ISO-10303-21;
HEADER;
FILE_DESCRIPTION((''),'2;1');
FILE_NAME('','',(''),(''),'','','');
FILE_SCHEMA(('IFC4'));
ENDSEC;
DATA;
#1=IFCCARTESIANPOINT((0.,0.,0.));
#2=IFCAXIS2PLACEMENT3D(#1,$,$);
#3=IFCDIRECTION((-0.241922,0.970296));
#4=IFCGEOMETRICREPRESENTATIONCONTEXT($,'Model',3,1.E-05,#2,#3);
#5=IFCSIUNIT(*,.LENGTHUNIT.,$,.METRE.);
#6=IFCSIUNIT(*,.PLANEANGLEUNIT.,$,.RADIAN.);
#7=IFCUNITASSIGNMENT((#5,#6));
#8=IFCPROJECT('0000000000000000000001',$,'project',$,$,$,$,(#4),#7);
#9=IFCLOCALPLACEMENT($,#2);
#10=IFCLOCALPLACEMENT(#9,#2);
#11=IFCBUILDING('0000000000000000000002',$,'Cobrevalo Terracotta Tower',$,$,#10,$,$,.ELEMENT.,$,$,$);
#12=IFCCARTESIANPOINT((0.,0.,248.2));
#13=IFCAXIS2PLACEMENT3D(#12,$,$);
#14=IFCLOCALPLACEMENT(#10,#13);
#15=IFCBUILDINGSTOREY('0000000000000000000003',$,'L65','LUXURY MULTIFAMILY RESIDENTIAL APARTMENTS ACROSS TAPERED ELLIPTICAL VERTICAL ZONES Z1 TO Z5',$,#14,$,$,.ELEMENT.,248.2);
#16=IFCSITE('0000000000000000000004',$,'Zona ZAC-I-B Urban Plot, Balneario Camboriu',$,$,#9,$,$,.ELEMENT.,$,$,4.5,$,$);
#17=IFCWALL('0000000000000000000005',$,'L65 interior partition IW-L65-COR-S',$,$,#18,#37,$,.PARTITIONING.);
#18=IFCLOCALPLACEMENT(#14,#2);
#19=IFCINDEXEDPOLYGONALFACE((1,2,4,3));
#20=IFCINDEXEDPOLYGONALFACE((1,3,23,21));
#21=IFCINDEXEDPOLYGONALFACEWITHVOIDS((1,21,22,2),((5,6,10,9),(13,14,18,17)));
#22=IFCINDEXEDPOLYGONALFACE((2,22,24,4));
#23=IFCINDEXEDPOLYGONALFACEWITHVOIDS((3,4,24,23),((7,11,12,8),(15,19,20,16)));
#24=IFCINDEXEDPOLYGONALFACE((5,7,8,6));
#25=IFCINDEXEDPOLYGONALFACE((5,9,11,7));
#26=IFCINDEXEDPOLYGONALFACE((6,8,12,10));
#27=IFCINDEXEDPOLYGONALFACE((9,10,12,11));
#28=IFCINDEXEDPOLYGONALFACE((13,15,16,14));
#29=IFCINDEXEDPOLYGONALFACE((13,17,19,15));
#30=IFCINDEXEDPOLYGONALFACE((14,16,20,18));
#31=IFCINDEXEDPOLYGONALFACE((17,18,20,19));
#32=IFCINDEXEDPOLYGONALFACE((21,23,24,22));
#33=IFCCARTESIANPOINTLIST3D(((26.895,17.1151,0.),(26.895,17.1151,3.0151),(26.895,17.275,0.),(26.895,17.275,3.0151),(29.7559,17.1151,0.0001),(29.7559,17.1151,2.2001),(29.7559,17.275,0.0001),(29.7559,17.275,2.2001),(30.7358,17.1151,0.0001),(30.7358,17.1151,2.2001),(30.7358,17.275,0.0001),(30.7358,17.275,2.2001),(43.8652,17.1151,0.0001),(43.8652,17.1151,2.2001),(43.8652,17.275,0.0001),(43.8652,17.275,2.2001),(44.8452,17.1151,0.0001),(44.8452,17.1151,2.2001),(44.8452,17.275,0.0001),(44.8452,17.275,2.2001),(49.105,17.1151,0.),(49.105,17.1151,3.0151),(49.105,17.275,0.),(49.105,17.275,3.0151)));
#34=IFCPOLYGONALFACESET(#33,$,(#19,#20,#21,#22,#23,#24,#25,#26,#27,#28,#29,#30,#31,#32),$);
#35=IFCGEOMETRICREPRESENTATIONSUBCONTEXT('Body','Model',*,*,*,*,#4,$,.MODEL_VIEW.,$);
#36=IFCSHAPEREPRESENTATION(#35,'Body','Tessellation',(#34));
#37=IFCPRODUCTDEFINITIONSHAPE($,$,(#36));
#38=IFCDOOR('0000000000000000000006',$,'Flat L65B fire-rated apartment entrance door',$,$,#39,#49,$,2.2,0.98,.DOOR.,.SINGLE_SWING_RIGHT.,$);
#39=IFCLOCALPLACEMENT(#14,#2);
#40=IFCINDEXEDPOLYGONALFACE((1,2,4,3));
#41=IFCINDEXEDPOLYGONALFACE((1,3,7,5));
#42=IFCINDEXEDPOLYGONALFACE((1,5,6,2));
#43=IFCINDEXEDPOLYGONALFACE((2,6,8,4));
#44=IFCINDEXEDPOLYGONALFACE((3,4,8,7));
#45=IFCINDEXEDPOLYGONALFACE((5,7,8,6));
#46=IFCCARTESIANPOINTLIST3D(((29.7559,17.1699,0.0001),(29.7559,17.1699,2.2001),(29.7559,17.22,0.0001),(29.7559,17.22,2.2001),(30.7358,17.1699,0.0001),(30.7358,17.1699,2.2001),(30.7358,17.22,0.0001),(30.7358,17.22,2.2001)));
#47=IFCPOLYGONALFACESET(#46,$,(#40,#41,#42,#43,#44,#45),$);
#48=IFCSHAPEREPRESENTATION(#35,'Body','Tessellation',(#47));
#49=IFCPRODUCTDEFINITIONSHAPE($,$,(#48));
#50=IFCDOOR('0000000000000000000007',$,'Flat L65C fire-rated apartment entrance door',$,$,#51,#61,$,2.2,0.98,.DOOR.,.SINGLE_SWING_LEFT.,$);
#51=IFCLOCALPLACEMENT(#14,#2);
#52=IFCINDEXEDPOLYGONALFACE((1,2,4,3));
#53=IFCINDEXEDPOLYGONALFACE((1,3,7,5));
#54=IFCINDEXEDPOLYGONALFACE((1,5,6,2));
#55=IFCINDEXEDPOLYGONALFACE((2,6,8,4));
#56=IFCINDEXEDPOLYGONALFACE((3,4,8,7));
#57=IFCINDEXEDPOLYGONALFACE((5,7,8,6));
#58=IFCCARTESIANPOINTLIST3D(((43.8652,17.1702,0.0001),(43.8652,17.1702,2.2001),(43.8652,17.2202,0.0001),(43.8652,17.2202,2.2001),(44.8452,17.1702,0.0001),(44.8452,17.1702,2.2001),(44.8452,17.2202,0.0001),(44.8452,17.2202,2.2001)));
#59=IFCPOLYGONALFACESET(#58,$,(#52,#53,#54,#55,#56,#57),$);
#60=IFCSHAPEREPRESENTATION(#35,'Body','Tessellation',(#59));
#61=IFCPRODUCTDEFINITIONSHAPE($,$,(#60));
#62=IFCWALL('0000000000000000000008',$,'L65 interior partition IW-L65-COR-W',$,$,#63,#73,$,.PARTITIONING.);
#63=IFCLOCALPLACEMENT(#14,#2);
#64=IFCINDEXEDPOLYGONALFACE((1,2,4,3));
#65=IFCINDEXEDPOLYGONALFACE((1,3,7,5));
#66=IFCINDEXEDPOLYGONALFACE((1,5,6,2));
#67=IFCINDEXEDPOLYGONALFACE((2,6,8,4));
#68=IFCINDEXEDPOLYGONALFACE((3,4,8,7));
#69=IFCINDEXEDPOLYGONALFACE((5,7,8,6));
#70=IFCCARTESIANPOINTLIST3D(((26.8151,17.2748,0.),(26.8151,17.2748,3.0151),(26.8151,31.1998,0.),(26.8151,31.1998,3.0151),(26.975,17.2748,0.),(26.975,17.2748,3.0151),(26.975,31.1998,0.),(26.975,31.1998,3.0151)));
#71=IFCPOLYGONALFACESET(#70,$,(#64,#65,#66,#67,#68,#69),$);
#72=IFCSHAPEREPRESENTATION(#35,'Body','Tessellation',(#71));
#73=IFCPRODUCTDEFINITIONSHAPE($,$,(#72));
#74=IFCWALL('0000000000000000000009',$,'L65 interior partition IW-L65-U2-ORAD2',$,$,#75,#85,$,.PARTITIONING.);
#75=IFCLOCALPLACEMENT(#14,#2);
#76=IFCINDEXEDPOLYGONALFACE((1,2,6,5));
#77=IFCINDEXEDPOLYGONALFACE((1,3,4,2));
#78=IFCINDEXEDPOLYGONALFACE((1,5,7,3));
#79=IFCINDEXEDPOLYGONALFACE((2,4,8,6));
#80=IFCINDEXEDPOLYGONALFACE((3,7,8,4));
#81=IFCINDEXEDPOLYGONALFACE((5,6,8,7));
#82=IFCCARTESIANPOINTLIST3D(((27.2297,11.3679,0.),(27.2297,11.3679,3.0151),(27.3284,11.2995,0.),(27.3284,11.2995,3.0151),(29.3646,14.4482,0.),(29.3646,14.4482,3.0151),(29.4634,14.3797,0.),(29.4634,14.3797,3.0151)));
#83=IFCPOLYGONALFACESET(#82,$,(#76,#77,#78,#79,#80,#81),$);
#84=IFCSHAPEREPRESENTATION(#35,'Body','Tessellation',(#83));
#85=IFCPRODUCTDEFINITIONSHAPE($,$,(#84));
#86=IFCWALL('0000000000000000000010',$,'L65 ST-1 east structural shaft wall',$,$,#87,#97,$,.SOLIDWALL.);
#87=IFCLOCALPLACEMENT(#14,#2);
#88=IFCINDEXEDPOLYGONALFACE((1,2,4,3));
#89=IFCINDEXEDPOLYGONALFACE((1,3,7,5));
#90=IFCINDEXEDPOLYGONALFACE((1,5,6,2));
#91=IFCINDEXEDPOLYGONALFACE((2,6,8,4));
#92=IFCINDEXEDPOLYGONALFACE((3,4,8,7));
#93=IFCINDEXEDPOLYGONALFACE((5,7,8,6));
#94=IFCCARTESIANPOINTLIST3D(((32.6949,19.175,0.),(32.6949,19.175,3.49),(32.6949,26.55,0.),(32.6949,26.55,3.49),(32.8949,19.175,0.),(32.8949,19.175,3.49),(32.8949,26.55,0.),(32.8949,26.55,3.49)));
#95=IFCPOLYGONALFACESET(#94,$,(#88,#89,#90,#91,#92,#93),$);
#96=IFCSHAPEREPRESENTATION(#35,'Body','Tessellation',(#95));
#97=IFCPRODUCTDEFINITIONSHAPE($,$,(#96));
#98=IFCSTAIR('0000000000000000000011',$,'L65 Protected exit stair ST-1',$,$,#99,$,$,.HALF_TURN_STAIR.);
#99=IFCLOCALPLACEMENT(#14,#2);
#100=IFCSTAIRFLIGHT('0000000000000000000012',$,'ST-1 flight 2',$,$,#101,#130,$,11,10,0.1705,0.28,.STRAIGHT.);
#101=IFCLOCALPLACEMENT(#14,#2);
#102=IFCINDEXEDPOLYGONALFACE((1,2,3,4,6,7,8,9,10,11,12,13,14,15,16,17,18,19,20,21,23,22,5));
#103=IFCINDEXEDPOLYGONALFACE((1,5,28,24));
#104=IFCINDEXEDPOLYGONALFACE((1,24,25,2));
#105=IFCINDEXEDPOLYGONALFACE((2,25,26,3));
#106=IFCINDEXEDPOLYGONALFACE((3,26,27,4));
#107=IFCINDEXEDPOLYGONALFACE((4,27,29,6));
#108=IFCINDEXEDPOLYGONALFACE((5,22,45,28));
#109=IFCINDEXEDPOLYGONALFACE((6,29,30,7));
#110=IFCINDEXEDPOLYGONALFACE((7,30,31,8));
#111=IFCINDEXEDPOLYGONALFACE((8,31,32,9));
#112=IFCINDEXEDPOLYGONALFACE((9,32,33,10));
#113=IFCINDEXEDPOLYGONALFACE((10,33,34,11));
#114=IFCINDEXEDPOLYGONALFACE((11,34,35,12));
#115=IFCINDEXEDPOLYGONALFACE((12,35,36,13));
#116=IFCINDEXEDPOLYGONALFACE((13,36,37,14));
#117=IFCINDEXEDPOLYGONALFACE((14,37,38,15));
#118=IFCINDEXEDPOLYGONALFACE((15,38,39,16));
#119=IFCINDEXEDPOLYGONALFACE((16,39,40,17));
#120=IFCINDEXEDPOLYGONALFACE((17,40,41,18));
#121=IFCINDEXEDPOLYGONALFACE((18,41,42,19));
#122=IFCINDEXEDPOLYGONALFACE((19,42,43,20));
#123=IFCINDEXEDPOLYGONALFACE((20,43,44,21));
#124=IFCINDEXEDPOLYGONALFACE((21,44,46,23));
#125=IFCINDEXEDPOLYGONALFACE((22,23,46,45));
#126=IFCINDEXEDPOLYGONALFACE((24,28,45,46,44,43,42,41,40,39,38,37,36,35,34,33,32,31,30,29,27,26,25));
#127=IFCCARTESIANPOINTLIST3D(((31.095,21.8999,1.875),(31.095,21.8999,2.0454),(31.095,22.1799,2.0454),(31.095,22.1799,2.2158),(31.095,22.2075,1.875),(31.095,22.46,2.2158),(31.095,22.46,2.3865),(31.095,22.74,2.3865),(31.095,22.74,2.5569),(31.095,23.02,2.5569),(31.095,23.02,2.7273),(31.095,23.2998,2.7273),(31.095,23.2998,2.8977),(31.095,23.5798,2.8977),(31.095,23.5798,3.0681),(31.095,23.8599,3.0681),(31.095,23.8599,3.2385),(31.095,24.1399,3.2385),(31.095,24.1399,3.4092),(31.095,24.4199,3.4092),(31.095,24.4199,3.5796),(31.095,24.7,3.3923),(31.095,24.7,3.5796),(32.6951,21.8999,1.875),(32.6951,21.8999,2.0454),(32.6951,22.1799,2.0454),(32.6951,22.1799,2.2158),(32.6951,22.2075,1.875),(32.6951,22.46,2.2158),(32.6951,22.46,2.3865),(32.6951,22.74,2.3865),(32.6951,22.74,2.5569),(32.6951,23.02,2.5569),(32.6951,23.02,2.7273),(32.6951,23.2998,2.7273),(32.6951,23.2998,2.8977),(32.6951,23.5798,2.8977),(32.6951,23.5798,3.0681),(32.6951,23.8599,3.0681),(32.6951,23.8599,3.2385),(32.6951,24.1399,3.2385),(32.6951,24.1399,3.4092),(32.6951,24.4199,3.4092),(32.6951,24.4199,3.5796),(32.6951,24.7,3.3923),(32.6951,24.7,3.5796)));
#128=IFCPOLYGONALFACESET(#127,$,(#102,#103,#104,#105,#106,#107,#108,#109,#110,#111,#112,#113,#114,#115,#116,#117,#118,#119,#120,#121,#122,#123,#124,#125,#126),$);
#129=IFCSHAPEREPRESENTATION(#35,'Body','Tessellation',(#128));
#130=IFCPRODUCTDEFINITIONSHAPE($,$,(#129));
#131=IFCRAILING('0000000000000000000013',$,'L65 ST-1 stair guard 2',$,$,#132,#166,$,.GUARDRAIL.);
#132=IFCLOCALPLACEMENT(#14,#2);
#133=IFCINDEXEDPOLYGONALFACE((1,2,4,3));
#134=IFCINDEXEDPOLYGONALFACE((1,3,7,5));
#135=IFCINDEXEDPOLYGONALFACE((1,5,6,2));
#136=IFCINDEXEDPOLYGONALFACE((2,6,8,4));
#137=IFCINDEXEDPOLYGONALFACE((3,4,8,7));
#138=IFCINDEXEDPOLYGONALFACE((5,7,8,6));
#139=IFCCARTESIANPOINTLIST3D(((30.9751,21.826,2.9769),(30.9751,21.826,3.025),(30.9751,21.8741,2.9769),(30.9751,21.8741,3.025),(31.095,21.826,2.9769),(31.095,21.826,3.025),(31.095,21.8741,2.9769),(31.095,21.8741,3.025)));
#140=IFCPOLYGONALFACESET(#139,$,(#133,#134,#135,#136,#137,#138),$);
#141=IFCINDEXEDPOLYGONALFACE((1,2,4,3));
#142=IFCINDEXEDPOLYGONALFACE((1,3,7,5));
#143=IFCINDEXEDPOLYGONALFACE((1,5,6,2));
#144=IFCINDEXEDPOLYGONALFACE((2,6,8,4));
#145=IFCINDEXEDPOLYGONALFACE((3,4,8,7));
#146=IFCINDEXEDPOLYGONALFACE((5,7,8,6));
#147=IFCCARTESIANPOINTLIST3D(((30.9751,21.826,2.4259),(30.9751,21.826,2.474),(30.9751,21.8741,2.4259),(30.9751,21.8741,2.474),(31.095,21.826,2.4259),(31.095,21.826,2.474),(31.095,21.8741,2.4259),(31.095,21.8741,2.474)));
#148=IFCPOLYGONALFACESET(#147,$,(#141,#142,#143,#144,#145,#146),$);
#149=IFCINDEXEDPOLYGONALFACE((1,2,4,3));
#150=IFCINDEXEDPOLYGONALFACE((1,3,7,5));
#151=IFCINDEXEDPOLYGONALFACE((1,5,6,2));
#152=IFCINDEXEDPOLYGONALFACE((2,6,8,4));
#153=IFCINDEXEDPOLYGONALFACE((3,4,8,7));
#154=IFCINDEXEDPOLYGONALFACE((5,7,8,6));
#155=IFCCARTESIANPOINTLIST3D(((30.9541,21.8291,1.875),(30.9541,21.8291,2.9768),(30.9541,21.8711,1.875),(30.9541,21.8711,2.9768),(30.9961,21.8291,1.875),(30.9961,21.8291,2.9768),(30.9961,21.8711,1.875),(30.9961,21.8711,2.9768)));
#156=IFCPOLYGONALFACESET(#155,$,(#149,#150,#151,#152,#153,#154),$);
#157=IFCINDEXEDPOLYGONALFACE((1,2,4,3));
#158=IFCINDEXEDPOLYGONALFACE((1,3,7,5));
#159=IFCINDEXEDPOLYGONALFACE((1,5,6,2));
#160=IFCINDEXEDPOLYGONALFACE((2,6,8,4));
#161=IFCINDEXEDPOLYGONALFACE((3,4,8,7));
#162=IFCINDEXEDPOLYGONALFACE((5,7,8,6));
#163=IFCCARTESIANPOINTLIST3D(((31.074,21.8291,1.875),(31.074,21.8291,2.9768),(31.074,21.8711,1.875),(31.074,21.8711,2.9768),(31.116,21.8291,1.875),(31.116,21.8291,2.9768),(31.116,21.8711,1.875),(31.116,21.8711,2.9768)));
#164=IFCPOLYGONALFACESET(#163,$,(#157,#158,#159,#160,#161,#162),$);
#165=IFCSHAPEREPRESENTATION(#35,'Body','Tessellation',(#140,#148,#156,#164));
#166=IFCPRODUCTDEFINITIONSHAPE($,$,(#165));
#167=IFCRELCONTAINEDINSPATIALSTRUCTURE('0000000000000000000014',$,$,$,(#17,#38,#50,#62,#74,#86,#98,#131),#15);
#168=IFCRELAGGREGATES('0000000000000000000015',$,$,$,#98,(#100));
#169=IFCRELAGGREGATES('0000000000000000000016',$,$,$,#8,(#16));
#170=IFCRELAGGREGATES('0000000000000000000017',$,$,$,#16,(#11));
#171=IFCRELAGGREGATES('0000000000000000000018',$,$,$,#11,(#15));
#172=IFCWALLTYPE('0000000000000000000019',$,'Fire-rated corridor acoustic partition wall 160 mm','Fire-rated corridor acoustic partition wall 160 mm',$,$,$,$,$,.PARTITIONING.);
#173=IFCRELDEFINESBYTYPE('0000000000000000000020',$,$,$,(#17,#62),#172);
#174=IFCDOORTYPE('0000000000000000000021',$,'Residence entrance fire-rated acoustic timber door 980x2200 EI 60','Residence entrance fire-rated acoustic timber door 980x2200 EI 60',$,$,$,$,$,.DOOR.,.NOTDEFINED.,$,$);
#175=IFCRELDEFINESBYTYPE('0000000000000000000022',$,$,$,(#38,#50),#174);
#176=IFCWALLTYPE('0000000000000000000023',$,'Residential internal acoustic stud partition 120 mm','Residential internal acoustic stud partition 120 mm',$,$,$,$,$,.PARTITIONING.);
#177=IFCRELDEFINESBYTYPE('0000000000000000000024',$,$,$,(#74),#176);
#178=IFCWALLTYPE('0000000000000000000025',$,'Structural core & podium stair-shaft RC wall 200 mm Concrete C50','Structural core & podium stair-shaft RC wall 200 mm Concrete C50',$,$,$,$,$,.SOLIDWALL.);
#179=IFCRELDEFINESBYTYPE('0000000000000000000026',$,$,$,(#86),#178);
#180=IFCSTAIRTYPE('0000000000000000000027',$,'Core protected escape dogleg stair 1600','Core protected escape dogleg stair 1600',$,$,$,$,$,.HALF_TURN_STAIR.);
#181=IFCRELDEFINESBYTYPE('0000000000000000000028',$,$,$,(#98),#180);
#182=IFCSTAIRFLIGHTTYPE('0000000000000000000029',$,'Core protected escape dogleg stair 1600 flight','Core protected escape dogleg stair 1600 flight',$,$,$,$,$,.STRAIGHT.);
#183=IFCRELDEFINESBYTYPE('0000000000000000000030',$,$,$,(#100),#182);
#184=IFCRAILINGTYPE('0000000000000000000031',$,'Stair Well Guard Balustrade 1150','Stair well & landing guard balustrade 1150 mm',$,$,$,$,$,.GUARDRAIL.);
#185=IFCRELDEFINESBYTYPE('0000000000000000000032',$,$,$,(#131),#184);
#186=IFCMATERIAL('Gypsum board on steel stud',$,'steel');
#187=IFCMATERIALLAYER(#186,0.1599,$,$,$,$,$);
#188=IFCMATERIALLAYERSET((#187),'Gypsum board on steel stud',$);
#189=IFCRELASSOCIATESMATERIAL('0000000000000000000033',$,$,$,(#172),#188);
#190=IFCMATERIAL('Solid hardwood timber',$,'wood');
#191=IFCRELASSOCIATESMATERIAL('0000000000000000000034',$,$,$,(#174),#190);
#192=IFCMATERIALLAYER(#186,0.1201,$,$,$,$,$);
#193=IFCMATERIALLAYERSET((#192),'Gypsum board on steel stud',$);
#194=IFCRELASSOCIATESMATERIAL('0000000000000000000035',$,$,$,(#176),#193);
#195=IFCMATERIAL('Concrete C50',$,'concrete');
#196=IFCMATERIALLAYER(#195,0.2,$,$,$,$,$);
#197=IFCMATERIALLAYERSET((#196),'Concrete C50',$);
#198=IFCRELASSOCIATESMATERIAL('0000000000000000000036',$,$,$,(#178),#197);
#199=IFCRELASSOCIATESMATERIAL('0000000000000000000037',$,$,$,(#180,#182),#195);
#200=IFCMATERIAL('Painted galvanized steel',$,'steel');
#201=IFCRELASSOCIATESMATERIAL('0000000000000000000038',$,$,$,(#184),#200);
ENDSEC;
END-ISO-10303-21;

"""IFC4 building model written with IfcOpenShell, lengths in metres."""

from ifc_helpers import new_model, si_unit, direction, frame, frame_2d, origin, origin_2d, place, context, subcontext, project, spatial, polyline, rectangle, outline, extrude, source, transform, mapped, material, layer, layer_set, type_object, element, fill, aggregate, save


model = new_model("IFC4")

# Units and contexts
model_context = context("Model", 3, precision=1e-05, world=origin(), true_north=direction((-0.241922, 0.970296)))
body_context = subcontext(model_context, "Body", "Model", "MODEL_VIEW")
ifc_project = project(units=[si_unit("LENGTHUNIT", "METRE"), si_unit("PLANEANGLEUNIT", "RADIAN")], contexts=[model_context])

# Site, building, storey
site_placement = place(None, origin())
site = spatial("IfcSite", under=ifc_project, at=site_placement, Name="Zona ZAC-I-B Urban Plot, Balneario Camboriu", CompositionType="ELEMENT", RefElevation=4.5)
building_placement = place(site_placement, origin())
building = spatial("IfcBuilding", under=site, at=building_placement, Name="Cobrevalo Terracotta Tower", CompositionType="ELEMENT")
storey_placement = place(building_placement, frame((0.0, 0.0, 248.2)))
storey = spatial("IfcBuildingStorey", under=building, at=storey_placement, Name="L65", Description="LUXURY MULTIFAMILY RESIDENTIAL APARTMENTS ACROSS TAPERED ELLIPTICAL VERTICAL ZONES Z1 TO Z5", CompositionType="ELEMENT", Elevation=248.2)

# Shared definitions
ifc_material_1 = material(Name="Concrete C50", Category="concrete")

# Wall, openings, doors
ifc_material_2 = material(Name="Gypsum board on steel stud", Category="steel")
ifc_layer_1 = layer(ifc_material_2, 0.1599)
ifc_layer_set_1 = layer_set([ifc_layer_1], Name="Gypsum board on steel stud")
wall_type_1 = type_object("IfcWallType", Name="Fire-rated corridor acoustic partition wall 160 mm", Description="Fire-rated corridor acoustic partition wall 160 mm", PredefinedType="PARTITIONING", material=ifc_layer_set_1)
wall_1_placement = place(storey_placement, frame((26.895, 17.1951, 0.0), z_axis=(0.0, 0.0, 1.0), x_axis=(1.0, 0.0, 0.0)))
wall_1 = element("IfcWall", 1, at=wall_1_placement, inside=storey, type_object=wall_type_1, Name="L65 interior partition IW-L65-COR-S", PredefinedType="PARTITIONING", context=body_context, shape_type="SweptSolid", body=[
    extrude(rectangle(XDim=22.21, YDim=0.1599, at=frame_2d((11.105, 0.0))), origin(), (0.0, 0.0, 1.0), 3.0151),
])
opening_1_placement = place(wall_1_placement, frame((2.8608, 0.0, 0.0)))
opening_1 = element("IfcOpeningElement", 2, at=opening_1_placement, cuts=wall_1, PredefinedType="OPENING", context=body_context, shape_type="SweptSolid", body=[
    extrude(rectangle(XDim=0.98, YDim=2.2, at=frame_2d((0.49, 1.1001))), frame((0.0, 0.0898, 0.0), z_axis=(0.0, -1.0, 0.0), x_axis=(1.0, 0.0, 0.0)), (0.0, 0.0, 1.0), 0.1799),
])
opening_2_placement = place(wall_1_placement, frame((16.9702, 0.0, 0.0)))
opening_2 = element("IfcOpeningElement", 3, at=opening_2_placement, cuts=wall_1, PredefinedType="OPENING", context=body_context, shape_type="SweptSolid", body=[
    extrude(rectangle(XDim=0.98, YDim=2.2, at=frame_2d((0.49, 1.1001))), frame((0.0, 0.0898, 0.0), z_axis=(0.0, -1.0, 0.0), x_axis=(1.0, 0.0, 0.0)), (0.0, 0.0, 1.0), 0.1799),
])
ifc_material_3 = material(Name="Solid hardwood timber", Category="wood")
door_type_1 = type_object("IfcDoorType", Name="Residence entrance fire-rated acoustic timber door 980x2200 EI 60", Description="Residence entrance fire-rated acoustic timber door 980x2200 EI 60", OperationType="NOTDEFINED", PredefinedType="DOOR", material=ifc_material_3)
shared_shape_1 = source(origin(), body_context, "Body", "SweptSolid", [
    extrude(rectangle(XDim=0.98, YDim=2.2, at=frame_2d((0.49, 1.1001))), frame((0.0, 0.0249, 0.0), z_axis=(0.0, -1.0, 0.0), x_axis=(1.0, 0.0, 0.0)), (0.0, 0.0, 1.0), 0.05),
])
door_1_placement = place(opening_1_placement, origin())
door_1 = element("IfcDoor", 4, at=door_1_placement, inside=storey, type_object=door_type_1, Name="Flat L65B fire-rated apartment entrance door", OperationType="SINGLE_SWING_RIGHT", OverallHeight=2.2, OverallWidth=0.98, PredefinedType="DOOR", context=body_context, shape_type="MappedRepresentation", body=[
    mapped(shared_shape_1, transform((0.0, 0.0, 0.0), scale=1.0)),
])
fill(opening_1, door_1)
door_2_placement = place(opening_2_placement, frame((0.98, 0.0, 0.0), z_axis=(0.0, 0.0, 1.0), x_axis=(-1.0, 0.0, 0.0)))
door_2 = element("IfcDoor", 5, at=door_2_placement, inside=storey, type_object=door_type_1, Name="Flat L65C fire-rated apartment entrance door", OperationType="SINGLE_SWING_LEFT", OverallHeight=2.2, OverallWidth=0.98, PredefinedType="DOOR", context=body_context, shape_type="MappedRepresentation", body=[
    mapped(shared_shape_1, transform((0.0, 0.0, 0.0), scale=1.0)),
])
fill(opening_2, door_2)

# Walls
wall_2_placement = place(storey_placement, frame((26.895, 17.2749, 0.0), z_axis=(0.0, 0.0, 1.0), x_axis=(0.0, 1.0, 0.0)))
element("IfcWall", 6, at=wall_2_placement, inside=storey, type_object=wall_type_1, Name="L65 interior partition IW-L65-COR-W", PredefinedType="PARTITIONING", context=body_context, shape_type="SweptSolid", body=[
    extrude(rectangle(XDim=13.925, YDim=0.1599, at=frame_2d((6.9624, 0.0))), origin(), (0.0, 0.0, 1.0), 3.0151),
])
ifc_layer_2 = layer(ifc_material_2, 0.1201)
ifc_layer_set_2 = layer_set([ifc_layer_2], Name="Gypsum board on steel stud")
wall_type_2 = type_object("IfcWallType", Name="Residential internal acoustic stud partition 120 mm", Description="Residential internal acoustic stud partition 120 mm", PredefinedType="PARTITIONING", material=ifc_layer_set_2)
wall_3_placement = place(storey_placement, frame((29.4141, 14.4141, 0.0), z_axis=(0.0, 0.0, 1.0), x_axis=(-0.569657, -0.821883, 0.0)))
element("IfcWall", 7, at=wall_3_placement, inside=storey, type_object=wall_type_2, Name="L65 interior partition IW-L65-U2-ORAD2", PredefinedType="PARTITIONING", context=body_context, shape_type="SweptSolid", body=[
    extrude(rectangle(XDim=3.7478, YDim=0.1201, at=frame_2d((1.874, 0.0))), origin(), (0.0, 0.0, 1.0), 3.0151),
])

# Wall
ifc_layer_3 = layer(ifc_material_1, 0.2)
ifc_layer_set_3 = layer_set([ifc_layer_3], Name="Concrete C50")
wall_type_3 = type_object("IfcWallType", Name="Structural core & podium stair-shaft RC wall 200 mm Concrete C50", Description="Structural core & podium stair-shaft RC wall 200 mm Concrete C50", PredefinedType="SOLIDWALL", material=ifc_layer_set_3)
wall_4_placement = place(storey_placement, frame((32.7949, 19.175, 0.0), z_axis=(0.0, 0.0, 1.0), x_axis=(0.0, 1.0, 0.0)))
element("IfcWall", 8, at=wall_4_placement, inside=storey, type_object=wall_type_3, Name="L65 ST-1 east structural shaft wall", PredefinedType="SOLIDWALL", context=body_context, shape_type="SweptSolid", body=[
    extrude(rectangle(XDim=7.375, YDim=0.2, at=frame_2d((3.6875, 0.0))), origin(), (0.0, 0.0, 1.0), 3.49),
])

# Stair, stair flight
stair_type = type_object("IfcStairType", Name="Core protected escape dogleg stair 1600", Description="Core protected escape dogleg stair 1600", PredefinedType="HALF_TURN_STAIR", material=ifc_material_1)
stair_placement = place(storey_placement, origin())
stair = element("IfcStair", 9, at=stair_placement, inside=storey, type_object=stair_type, Name="L65 Protected exit stair ST-1", PredefinedType="HALF_TURN_STAIR")
stair_flight_type = type_object("IfcStairFlightType", Name="Core protected escape dogleg stair 1600 flight", Description="Core protected escape dogleg stair 1600 flight", PredefinedType="STRAIGHT", material=ifc_material_1)
stair_flight_placement = place(storey_placement, frame((31.895, 21.8999, 1.875), z_axis=(0.0, 0.0, 1.0), x_axis=(0.0, 1.0, 0.0)))
stair_flight = element("IfcStairFlight", 10, at=stair_flight_placement, type_object=stair_flight_type, Name="ST-1 flight 2", NumberOfRisers=11, NumberOfTreads=10, PredefinedType="STRAIGHT", RiserHeight=0.1705, TreadLength=0.28, context=body_context, shape_type="SweptSolid", body=[
    extrude(outline(polyline([(0.0, 0.0), (0.0, 0.1704), (0.28, 0.1704), (0.28, 0.3408), (0.5601, 0.3408), (0.5601, 0.5115), (0.8401, 0.5115), (0.8401, 0.6819), (1.1201, 0.6819), (1.1201, 0.8523), (1.3999, 0.8523), (1.3999, 1.0227), (1.6799, 1.0227), (1.6799, 1.1931), (1.96, 1.1931), (1.96, 1.3635), (2.24, 1.3635), (2.24, 1.5342), (2.52, 1.5342), (2.52, 1.7046), (2.8, 1.7046), (2.8, 1.875), (2.8, 1.5173), (0.3076, 0.0), (0.0, 0.0)])), frame((0.0, 0.8, 0.0), z_axis=(0.0, -1.0, 0.0), x_axis=(1.0, 0.0, 0.0)), (0.0, 0.0, 1.0), 1.6001),
])
aggregate(stair, [stair_flight])

# Railing
ifc_material_4 = material(Name="Painted galvanized steel", Category="steel")
railing_type = type_object("IfcRailingType", Name="Stair Well Guard Balustrade 1150", Description="Stair well & landing guard balustrade 1150 mm", PredefinedType="GUARDRAIL", material=ifc_material_4)
railing_1_placement = place(storey_placement, frame((30.9751, 21.8501, 1.875)))
element("IfcRailing", 11, at=railing_1_placement, inside=storey, type_object=railing_type, Name="L65 ST-1 stair guard 2", PredefinedType="GUARDRAIL", context=body_context, shape_type="SweptSolid", body=[
    extrude(rectangle(XDim=0.0481, YDim=0.0481, at=origin_2d()), frame((0.0, 0.0, 1.126), z_axis=(1.0, 0.0, 0.0), x_axis=(0.0, 1.0, 0.0)), (0.0, 0.0, 1.0), 0.1199),
    extrude(rectangle(XDim=0.0481, YDim=0.0481, at=origin_2d()), frame((0.0, 0.0, 0.575), z_axis=(1.0, 0.0, 0.0), x_axis=(0.0, 1.0, 0.0)), (0.0, 0.0, 1.0), 0.1199),
    extrude(rectangle(XDim=0.042, YDim=0.042, at=origin_2d()), origin(), (0.0, 0.0, 1.0), 1.1018),
    extrude(rectangle(XDim=0.042, YDim=0.042, at=origin_2d()), frame((0.1199, 0.0, 0.0)), (0.0, 0.0, 1.0), 1.1018),
])

save(model, "model.ifc")
